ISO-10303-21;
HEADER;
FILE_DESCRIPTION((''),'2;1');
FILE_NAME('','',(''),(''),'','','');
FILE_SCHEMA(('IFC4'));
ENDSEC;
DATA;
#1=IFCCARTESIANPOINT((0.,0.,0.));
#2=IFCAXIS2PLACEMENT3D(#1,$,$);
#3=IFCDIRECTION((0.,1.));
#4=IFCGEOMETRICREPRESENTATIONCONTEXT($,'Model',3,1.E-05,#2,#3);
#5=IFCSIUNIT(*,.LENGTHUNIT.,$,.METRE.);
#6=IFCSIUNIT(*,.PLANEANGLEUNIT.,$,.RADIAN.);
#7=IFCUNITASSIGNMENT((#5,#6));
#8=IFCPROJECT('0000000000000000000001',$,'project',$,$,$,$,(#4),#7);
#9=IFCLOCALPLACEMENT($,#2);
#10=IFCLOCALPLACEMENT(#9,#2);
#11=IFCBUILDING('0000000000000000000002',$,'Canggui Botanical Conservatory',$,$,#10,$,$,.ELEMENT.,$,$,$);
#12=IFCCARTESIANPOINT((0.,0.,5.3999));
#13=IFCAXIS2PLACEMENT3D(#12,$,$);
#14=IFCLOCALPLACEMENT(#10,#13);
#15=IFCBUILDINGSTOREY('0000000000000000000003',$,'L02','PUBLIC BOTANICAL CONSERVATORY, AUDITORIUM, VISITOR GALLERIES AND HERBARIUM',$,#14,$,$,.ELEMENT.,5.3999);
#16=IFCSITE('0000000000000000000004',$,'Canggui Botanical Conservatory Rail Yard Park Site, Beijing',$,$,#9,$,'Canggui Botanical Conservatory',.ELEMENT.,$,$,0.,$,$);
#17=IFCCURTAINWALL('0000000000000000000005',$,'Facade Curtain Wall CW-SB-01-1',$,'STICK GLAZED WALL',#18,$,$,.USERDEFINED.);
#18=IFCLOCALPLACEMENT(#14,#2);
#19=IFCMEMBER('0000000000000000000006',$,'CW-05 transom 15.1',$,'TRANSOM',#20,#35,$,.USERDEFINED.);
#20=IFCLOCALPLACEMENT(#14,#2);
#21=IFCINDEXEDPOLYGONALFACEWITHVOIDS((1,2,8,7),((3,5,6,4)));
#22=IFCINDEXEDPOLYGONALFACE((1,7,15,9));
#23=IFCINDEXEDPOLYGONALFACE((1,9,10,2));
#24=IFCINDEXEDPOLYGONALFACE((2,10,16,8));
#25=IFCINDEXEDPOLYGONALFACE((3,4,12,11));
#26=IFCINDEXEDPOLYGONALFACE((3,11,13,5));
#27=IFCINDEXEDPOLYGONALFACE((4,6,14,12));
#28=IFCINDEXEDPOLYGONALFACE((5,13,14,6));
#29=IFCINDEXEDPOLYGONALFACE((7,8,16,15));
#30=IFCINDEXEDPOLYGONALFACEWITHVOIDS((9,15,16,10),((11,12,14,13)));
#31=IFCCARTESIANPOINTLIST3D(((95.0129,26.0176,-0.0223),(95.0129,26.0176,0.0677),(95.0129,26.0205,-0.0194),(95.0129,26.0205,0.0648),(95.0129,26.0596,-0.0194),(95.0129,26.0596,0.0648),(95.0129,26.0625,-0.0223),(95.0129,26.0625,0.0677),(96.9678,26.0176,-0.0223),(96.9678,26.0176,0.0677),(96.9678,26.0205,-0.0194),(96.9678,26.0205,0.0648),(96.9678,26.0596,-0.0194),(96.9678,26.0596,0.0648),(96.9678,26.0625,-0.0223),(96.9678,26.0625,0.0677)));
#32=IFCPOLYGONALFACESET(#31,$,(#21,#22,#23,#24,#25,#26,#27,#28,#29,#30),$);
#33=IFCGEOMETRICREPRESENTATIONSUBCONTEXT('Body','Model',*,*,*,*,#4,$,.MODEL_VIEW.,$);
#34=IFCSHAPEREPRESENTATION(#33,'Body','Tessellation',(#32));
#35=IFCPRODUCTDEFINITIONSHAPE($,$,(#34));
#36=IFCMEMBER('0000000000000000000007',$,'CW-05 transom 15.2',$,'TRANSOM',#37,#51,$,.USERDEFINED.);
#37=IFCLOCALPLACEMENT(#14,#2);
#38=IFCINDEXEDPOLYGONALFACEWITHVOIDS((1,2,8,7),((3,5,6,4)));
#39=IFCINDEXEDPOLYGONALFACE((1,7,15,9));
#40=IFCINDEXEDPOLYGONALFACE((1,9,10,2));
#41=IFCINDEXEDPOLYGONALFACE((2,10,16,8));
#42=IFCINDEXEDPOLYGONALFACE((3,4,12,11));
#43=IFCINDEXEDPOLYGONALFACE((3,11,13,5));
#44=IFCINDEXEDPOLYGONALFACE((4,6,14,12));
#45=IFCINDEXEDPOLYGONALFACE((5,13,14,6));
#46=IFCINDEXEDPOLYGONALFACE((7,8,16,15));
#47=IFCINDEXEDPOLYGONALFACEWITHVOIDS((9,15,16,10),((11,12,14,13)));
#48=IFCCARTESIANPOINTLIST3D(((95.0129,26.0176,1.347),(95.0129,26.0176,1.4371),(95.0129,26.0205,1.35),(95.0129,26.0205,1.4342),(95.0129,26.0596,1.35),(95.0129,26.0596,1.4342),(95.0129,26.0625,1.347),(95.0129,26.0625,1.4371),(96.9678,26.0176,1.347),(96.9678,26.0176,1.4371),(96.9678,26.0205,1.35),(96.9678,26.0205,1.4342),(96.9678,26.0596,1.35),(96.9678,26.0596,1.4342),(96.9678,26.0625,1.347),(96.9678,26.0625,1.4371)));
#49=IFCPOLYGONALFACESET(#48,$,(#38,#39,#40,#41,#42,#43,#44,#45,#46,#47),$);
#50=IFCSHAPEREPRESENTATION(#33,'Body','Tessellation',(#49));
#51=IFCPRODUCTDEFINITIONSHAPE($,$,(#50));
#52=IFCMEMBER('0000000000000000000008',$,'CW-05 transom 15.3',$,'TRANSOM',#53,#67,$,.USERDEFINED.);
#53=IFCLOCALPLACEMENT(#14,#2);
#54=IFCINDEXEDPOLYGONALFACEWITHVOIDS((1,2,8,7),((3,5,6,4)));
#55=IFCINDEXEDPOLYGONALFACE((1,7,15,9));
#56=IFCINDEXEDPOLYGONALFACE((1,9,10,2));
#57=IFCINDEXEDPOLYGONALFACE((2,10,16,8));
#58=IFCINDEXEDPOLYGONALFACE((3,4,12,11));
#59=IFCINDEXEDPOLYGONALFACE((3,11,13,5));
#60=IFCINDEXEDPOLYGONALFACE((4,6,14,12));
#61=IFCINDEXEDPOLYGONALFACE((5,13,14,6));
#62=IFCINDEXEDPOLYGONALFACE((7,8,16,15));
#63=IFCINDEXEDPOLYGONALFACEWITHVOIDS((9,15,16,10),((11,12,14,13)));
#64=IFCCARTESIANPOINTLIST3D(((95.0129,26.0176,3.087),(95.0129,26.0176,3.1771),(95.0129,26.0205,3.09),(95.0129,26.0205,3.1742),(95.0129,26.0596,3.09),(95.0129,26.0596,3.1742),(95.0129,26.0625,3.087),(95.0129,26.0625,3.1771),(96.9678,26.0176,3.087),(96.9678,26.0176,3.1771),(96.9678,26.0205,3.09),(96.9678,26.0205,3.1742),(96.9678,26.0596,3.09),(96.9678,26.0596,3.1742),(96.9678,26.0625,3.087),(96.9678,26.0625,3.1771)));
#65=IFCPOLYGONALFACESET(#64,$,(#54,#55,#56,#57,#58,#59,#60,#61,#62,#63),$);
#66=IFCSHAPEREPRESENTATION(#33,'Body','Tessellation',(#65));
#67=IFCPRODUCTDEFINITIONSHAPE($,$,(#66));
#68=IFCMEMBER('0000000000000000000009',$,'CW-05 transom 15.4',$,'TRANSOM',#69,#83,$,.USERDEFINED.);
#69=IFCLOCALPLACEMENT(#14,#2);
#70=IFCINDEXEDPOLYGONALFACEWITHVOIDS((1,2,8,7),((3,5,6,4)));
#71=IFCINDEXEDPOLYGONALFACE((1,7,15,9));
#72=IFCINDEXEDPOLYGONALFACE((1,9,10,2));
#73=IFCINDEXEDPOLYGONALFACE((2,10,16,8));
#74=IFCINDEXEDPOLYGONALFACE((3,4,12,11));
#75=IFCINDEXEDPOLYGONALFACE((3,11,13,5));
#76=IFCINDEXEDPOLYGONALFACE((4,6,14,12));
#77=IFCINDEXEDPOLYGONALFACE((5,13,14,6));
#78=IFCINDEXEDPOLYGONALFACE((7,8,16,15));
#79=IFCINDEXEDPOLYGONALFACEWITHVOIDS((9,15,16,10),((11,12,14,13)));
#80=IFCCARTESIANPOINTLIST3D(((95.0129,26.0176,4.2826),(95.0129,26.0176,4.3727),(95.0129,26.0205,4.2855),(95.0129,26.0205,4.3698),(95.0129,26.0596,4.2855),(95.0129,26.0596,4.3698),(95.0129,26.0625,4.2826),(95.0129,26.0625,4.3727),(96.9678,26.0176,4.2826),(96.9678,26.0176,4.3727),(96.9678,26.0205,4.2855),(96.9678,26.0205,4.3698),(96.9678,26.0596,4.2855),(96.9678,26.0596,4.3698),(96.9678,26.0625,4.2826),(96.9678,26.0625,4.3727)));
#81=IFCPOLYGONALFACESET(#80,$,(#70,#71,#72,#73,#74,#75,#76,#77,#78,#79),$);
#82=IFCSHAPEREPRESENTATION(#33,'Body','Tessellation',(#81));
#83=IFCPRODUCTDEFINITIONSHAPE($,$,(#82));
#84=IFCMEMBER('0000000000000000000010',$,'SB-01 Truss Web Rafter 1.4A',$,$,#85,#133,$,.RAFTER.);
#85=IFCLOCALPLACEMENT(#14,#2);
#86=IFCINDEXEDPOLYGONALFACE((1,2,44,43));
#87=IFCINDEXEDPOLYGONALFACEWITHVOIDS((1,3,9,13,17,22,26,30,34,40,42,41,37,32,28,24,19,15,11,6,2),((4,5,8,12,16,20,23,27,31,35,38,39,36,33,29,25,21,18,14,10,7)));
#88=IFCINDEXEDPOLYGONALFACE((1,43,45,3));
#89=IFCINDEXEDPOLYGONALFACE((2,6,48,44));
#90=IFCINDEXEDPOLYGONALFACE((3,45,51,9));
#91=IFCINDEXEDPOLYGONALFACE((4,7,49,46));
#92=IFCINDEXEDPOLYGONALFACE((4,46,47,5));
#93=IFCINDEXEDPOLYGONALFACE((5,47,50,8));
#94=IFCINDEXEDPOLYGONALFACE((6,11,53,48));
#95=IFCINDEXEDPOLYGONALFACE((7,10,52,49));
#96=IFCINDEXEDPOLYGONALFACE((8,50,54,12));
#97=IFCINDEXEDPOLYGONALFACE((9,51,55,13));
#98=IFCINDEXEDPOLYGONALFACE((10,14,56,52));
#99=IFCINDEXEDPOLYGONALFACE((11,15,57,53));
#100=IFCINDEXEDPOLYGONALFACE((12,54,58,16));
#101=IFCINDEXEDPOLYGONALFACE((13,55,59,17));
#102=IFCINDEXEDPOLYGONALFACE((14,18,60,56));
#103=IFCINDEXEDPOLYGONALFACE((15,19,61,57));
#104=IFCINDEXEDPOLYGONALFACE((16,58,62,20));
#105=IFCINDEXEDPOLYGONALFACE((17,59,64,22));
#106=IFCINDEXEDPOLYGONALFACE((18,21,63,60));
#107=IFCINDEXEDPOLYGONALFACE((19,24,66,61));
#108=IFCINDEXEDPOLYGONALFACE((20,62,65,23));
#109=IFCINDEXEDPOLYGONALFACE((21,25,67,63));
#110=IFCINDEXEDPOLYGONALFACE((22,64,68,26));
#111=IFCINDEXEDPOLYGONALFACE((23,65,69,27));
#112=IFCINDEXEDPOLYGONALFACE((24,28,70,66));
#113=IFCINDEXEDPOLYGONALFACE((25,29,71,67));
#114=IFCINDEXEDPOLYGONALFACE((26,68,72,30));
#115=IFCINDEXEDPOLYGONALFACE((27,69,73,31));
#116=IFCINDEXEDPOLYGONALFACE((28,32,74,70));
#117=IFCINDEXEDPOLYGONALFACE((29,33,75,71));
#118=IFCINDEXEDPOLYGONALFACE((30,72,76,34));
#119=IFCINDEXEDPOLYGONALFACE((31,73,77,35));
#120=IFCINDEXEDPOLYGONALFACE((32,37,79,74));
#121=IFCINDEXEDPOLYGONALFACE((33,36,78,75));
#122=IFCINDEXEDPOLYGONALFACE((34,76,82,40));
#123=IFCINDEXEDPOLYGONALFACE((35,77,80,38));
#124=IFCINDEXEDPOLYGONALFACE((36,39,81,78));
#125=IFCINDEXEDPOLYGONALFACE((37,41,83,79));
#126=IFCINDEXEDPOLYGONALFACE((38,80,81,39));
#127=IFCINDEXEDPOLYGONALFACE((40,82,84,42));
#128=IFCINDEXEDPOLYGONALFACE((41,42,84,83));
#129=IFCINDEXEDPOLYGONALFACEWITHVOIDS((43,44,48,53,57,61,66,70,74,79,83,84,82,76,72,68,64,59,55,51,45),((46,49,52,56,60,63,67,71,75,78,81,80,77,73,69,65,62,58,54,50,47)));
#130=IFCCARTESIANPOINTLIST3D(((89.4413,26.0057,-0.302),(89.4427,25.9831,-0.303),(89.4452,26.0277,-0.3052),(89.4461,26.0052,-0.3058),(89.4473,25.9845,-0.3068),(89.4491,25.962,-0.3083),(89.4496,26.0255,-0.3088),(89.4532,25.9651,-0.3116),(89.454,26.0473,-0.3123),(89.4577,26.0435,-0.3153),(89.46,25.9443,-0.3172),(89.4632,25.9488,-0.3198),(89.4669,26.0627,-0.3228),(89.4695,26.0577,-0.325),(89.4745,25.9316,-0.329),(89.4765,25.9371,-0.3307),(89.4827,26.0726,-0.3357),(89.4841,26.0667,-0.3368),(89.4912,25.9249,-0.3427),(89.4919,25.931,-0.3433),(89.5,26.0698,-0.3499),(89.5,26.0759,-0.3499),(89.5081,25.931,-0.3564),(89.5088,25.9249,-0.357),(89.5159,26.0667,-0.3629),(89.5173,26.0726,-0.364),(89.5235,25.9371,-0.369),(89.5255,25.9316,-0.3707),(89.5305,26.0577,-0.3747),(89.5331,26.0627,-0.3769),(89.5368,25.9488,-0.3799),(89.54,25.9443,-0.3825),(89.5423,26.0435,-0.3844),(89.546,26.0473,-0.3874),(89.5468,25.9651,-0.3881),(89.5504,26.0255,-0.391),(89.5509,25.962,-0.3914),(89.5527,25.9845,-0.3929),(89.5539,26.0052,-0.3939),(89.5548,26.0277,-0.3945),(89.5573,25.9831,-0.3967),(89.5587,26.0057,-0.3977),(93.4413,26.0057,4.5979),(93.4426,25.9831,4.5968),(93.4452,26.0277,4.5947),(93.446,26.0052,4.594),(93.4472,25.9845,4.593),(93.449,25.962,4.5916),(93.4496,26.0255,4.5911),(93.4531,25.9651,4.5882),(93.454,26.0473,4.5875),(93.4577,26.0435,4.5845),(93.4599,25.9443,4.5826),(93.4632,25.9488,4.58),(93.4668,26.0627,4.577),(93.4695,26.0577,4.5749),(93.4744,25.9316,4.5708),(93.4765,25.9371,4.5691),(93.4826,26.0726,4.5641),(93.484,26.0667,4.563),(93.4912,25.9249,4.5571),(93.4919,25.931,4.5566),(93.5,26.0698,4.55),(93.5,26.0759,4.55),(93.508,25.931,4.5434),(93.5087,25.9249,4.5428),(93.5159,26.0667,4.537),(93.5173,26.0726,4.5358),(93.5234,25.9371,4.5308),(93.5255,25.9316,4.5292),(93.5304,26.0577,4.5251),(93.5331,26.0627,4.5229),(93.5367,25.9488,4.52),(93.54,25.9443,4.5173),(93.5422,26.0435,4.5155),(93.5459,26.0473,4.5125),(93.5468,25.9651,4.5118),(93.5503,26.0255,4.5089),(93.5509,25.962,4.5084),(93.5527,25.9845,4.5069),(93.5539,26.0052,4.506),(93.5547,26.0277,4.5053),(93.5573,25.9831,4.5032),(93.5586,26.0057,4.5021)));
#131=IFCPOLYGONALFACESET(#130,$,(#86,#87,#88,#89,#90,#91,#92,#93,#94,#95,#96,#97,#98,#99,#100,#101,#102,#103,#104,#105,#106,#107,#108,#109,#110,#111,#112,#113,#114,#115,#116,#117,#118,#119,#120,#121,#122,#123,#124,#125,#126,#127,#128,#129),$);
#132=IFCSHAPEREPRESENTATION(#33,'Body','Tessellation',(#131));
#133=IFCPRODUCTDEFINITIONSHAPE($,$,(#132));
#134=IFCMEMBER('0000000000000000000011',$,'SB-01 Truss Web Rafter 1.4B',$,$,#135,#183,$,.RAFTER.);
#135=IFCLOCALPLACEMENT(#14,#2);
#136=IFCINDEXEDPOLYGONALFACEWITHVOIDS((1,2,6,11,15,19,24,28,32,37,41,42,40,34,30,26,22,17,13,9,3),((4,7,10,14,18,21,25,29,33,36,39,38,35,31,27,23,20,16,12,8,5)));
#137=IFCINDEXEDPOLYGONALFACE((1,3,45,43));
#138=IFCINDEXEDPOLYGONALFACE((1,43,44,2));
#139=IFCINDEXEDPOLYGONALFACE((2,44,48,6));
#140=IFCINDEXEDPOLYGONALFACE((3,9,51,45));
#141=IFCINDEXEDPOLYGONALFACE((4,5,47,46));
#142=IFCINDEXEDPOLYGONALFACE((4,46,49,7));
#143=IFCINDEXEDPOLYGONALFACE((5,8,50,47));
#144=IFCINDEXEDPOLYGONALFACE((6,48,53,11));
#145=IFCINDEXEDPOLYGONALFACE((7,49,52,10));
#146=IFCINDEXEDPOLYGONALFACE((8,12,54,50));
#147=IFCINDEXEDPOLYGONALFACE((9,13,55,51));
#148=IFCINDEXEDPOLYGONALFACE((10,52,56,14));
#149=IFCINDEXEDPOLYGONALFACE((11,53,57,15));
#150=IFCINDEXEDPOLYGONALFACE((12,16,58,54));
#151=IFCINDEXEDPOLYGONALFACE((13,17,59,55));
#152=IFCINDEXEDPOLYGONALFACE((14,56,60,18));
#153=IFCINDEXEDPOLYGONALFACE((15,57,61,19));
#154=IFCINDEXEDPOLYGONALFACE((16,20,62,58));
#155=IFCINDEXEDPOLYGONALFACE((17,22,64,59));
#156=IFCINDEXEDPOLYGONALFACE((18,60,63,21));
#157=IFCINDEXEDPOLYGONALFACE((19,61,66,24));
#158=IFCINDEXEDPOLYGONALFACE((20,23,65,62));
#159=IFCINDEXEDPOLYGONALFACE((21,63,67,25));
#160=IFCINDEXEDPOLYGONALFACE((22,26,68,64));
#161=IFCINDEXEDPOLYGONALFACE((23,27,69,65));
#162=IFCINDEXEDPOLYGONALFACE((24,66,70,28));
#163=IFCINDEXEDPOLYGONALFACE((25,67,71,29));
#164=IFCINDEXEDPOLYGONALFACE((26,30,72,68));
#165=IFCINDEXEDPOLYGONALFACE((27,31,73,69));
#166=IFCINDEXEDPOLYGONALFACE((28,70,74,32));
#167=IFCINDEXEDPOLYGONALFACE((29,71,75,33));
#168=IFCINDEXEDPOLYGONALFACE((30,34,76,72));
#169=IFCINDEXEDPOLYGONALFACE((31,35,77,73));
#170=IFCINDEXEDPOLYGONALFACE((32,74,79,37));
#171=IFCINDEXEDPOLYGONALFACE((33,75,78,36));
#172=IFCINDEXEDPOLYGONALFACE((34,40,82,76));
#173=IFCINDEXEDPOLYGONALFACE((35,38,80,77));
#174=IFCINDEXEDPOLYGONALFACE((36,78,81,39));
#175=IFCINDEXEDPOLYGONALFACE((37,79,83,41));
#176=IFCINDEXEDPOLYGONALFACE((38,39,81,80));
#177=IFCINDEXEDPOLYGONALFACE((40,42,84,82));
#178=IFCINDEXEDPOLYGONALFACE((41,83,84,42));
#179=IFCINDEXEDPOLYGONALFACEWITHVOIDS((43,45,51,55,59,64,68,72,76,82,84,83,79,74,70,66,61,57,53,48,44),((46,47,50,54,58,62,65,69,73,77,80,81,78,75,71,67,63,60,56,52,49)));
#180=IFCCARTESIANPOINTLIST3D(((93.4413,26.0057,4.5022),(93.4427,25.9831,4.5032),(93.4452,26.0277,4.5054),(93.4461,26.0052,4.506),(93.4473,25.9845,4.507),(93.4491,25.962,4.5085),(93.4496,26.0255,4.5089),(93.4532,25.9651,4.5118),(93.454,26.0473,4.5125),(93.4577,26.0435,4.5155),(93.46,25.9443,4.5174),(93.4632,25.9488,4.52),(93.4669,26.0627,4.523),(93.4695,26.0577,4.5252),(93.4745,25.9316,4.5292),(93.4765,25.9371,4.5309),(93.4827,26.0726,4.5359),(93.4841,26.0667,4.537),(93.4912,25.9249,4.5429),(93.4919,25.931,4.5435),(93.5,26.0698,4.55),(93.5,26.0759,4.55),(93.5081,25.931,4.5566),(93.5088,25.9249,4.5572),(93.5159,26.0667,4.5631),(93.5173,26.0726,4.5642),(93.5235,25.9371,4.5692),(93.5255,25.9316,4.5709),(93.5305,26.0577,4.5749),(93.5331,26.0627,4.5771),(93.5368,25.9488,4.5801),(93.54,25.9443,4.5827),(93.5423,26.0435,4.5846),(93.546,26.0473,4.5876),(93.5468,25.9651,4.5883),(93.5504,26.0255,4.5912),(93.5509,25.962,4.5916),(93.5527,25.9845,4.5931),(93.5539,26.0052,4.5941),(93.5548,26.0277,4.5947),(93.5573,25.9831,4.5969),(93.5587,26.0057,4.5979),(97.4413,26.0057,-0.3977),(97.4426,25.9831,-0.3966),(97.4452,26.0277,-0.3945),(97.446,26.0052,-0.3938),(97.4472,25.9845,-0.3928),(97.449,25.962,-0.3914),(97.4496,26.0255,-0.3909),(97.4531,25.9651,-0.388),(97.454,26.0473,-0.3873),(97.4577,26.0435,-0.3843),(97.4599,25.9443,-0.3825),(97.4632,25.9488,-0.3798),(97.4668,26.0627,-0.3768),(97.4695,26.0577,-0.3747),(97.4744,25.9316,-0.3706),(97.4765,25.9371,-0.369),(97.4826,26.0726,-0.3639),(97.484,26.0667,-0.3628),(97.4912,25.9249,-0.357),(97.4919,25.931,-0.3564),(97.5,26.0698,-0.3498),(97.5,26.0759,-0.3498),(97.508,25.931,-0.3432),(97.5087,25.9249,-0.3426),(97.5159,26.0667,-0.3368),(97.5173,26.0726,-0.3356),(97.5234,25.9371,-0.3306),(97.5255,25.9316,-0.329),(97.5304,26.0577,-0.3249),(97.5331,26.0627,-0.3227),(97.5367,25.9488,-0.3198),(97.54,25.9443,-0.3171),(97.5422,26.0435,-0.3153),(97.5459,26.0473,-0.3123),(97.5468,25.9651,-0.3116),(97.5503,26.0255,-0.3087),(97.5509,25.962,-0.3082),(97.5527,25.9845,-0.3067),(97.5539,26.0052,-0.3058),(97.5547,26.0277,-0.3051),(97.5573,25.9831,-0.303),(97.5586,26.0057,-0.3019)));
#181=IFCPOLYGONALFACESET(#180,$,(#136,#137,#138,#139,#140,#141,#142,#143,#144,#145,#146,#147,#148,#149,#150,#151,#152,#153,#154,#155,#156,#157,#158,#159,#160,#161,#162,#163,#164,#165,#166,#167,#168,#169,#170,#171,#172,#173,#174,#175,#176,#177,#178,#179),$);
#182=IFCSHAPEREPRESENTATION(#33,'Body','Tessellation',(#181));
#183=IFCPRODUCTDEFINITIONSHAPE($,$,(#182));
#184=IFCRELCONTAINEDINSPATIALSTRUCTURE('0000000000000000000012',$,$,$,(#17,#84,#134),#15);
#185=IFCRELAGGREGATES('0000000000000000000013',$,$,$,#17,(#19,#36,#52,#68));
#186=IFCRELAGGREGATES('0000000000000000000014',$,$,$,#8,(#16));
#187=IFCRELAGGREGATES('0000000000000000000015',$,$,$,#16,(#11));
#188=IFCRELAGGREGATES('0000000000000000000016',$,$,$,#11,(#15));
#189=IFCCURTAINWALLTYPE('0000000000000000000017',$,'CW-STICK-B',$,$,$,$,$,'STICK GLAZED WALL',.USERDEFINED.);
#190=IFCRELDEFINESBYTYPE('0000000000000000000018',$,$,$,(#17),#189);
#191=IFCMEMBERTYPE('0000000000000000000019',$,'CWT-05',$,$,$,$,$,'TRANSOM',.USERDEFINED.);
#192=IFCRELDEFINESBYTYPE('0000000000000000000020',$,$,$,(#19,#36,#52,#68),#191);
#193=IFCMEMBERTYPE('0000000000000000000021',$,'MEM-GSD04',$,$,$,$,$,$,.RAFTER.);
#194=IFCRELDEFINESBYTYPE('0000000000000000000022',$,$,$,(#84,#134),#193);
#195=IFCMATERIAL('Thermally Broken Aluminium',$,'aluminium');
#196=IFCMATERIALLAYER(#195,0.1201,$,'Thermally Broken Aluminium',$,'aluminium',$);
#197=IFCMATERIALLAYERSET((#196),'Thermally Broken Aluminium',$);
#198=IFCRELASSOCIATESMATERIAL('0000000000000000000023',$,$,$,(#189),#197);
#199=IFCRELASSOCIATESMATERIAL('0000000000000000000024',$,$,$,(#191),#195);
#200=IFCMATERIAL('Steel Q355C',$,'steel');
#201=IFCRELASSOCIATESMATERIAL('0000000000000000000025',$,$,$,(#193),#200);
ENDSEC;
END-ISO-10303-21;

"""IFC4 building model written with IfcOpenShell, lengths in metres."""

from ifc_helpers import new_model, si_unit, direction, frame, origin, origin_2d, place, context, subcontext, project, spatial, hollow_rectangle, hollow_circle, extrude, material, layer, layer_set, material_profile, profile_set, type_object, element, aggregate, save


model = new_model("IFC4")

# Units and contexts
model_context = context("Model", 3, precision=1e-05, world=origin(), true_north=direction((0.0, 1.0)))
body_context = subcontext(model_context, "Body", "Model", "MODEL_VIEW")
ifc_project = project(units=[si_unit("LENGTHUNIT", "METRE"), si_unit("PLANEANGLEUNIT", "RADIAN")], contexts=[model_context])

# Site, building, storey
site_placement = place(None, origin())
site = spatial("IfcSite", under=ifc_project, at=site_placement, Name="Canggui Botanical Conservatory Rail Yard Park Site, Beijing", LongName="Canggui Botanical Conservatory", CompositionType="ELEMENT", RefElevation=0.0)
building_placement = place(site_placement, origin())
building = spatial("IfcBuilding", under=site, at=building_placement, Name="Canggui Botanical Conservatory", CompositionType="ELEMENT")
storey_placement = place(building_placement, frame((0.0, 0.0, 5.3999)))
storey = spatial("IfcBuildingStorey", under=building, at=storey_placement, Name="L02", Description="PUBLIC BOTANICAL CONSERVATORY, AUDITORIUM, VISITOR GALLERIES AND HERBARIUM", CompositionType="ELEMENT", Elevation=5.3999)

# Curtain wall, members
ifc_material_1 = material(Name="Thermally Broken Aluminium", Category="aluminium")
ifc_layer_1 = layer(ifc_material_1, 0.1201, Name="Thermally Broken Aluminium", Category="aluminium")
ifc_layer_set_1 = layer_set([ifc_layer_1], Name="Thermally Broken Aluminium")
curtain_wall_type = type_object("IfcCurtainWallType", Name="CW-STICK-B", ElementType="STICK GLAZED WALL", PredefinedType="USERDEFINED", material=ifc_layer_set_1)
curtain_wall_placement = place(storey_placement, origin())
curtain_wall = element("IfcCurtainWall", 1, at=curtain_wall_placement, inside=storey, type_object=curtain_wall_type, Name="Facade Curtain Wall CW-SB-01-1", ObjectType="STICK GLAZED WALL", PredefinedType="USERDEFINED")
ifc_material_profile_1 = material_profile(ifc_material_1, hollow_rectangle(XDim=0.0449, YDim=0.0901, WallThickness=0.0029, at=origin_2d()), Name="CWT 45x90x3")
ifc_profile_set_1 = profile_set([ifc_material_profile_1], Name="Thermally Broken Aluminium")
member_type_1 = type_object("IfcMemberType", Name="CWT-05", ElementType="TRANSOM", PredefinedType="USERDEFINED", material=ifc_profile_set_1)
member_1_placement = place(storey_placement, frame((95.0129, 26.04, 0.0227), z_axis=(1.0, 0.0, 0.0), x_axis=(0.0, 1.0, 0.0)))
member_1 = element("IfcMember", 2, at=member_1_placement, type_object=member_type_1, Name="CW-05 transom 15.1", ObjectType="TRANSOM", PredefinedType="USERDEFINED", context=body_context, shape_type="SweptSolid", body=[
    extrude(hollow_rectangle(XDim=0.0449, YDim=0.0901, WallThickness=0.0029, at=origin_2d()), origin(), (0.0, 0.0, 1.0), 1.9548),
])
member_2_placement = place(storey_placement, frame((95.0129, 26.04, 1.3921), z_axis=(1.0, 0.0, 0.0), x_axis=(0.0, 1.0, 0.0)))
member_2 = element("IfcMember", 3, at=member_2_placement, type_object=member_type_1, Name="CW-05 transom 15.2", ObjectType="TRANSOM", PredefinedType="USERDEFINED", context=body_context, shape_type="SweptSolid", body=[
    extrude(hollow_rectangle(XDim=0.0449, YDim=0.0901, WallThickness=0.0029, at=origin_2d()), origin(), (0.0, 0.0, 1.0), 1.9548),
])
member_3_placement = place(storey_placement, frame((95.0129, 26.04, 3.1321), z_axis=(1.0, 0.0, 0.0), x_axis=(0.0, 1.0, 0.0)))
member_3 = element("IfcMember", 4, at=member_3_placement, type_object=member_type_1, Name="CW-05 transom 15.3", ObjectType="TRANSOM", PredefinedType="USERDEFINED", context=body_context, shape_type="SweptSolid", body=[
    extrude(hollow_rectangle(XDim=0.0449, YDim=0.0901, WallThickness=0.0029, at=origin_2d()), origin(), (0.0, 0.0, 1.0), 1.9548),
])
member_4_placement = place(storey_placement, frame((95.0129, 26.04, 4.3276), z_axis=(1.0, 0.0, 0.0), x_axis=(0.0, 1.0, 0.0)))
member_4 = element("IfcMember", 5, at=member_4_placement, type_object=member_type_1, Name="CW-05 transom 15.4", ObjectType="TRANSOM", PredefinedType="USERDEFINED", context=body_context, shape_type="SweptSolid", body=[
    extrude(hollow_rectangle(XDim=0.0449, YDim=0.0901, WallThickness=0.0029, at=origin_2d()), origin(), (0.0, 0.0, 1.0), 1.9548),
])

# Members
ifc_material_2 = material(Name="Steel Q355C", Category="steel")
ifc_material_profile_2 = material_profile(ifc_material_2, hollow_circle(Radius=0.0759, WallThickness=0.0061, at=origin_2d()), Name="CHS 152x6")
ifc_profile_set_2 = profile_set([ifc_material_profile_2], Name="Steel Q355C")
member_type_2 = type_object("IfcMemberType", Name="MEM-GSD04", PredefinedType="RAFTER", material=ifc_profile_set_2)
for number, where, z_axis, x_axis, name in (
    (6, (89.5, 26.0, -0.3499), (0.632384, 0.0, 0.774655), (0.0, 1.0, 0.0), "SB-01 Truss Web Rafter 1.4A"),
    (7, (93.5, 26.0, 4.55), (0.632384, 0.0, -0.774655), (0.0, 1.0, 0.0), "SB-01 Truss Web Rafter 1.4B"),
):
    element("IfcMember", number, at=place(storey_placement, frame(where, z_axis=z_axis, x_axis=x_axis)), inside=storey, type_object=member_type_2, Name=name, PredefinedType="RAFTER", context=body_context, shape_type="SweptSolid", body=[
        extrude(hollow_circle(Radius=0.0759, WallThickness=0.0061, at=origin_2d()), origin(), (0.0, 0.0, 1.0), 6.3252),
    ])

aggregate(curtain_wall, [member_1, member_2, member_3, member_4])

save(model, "model.ifc")
